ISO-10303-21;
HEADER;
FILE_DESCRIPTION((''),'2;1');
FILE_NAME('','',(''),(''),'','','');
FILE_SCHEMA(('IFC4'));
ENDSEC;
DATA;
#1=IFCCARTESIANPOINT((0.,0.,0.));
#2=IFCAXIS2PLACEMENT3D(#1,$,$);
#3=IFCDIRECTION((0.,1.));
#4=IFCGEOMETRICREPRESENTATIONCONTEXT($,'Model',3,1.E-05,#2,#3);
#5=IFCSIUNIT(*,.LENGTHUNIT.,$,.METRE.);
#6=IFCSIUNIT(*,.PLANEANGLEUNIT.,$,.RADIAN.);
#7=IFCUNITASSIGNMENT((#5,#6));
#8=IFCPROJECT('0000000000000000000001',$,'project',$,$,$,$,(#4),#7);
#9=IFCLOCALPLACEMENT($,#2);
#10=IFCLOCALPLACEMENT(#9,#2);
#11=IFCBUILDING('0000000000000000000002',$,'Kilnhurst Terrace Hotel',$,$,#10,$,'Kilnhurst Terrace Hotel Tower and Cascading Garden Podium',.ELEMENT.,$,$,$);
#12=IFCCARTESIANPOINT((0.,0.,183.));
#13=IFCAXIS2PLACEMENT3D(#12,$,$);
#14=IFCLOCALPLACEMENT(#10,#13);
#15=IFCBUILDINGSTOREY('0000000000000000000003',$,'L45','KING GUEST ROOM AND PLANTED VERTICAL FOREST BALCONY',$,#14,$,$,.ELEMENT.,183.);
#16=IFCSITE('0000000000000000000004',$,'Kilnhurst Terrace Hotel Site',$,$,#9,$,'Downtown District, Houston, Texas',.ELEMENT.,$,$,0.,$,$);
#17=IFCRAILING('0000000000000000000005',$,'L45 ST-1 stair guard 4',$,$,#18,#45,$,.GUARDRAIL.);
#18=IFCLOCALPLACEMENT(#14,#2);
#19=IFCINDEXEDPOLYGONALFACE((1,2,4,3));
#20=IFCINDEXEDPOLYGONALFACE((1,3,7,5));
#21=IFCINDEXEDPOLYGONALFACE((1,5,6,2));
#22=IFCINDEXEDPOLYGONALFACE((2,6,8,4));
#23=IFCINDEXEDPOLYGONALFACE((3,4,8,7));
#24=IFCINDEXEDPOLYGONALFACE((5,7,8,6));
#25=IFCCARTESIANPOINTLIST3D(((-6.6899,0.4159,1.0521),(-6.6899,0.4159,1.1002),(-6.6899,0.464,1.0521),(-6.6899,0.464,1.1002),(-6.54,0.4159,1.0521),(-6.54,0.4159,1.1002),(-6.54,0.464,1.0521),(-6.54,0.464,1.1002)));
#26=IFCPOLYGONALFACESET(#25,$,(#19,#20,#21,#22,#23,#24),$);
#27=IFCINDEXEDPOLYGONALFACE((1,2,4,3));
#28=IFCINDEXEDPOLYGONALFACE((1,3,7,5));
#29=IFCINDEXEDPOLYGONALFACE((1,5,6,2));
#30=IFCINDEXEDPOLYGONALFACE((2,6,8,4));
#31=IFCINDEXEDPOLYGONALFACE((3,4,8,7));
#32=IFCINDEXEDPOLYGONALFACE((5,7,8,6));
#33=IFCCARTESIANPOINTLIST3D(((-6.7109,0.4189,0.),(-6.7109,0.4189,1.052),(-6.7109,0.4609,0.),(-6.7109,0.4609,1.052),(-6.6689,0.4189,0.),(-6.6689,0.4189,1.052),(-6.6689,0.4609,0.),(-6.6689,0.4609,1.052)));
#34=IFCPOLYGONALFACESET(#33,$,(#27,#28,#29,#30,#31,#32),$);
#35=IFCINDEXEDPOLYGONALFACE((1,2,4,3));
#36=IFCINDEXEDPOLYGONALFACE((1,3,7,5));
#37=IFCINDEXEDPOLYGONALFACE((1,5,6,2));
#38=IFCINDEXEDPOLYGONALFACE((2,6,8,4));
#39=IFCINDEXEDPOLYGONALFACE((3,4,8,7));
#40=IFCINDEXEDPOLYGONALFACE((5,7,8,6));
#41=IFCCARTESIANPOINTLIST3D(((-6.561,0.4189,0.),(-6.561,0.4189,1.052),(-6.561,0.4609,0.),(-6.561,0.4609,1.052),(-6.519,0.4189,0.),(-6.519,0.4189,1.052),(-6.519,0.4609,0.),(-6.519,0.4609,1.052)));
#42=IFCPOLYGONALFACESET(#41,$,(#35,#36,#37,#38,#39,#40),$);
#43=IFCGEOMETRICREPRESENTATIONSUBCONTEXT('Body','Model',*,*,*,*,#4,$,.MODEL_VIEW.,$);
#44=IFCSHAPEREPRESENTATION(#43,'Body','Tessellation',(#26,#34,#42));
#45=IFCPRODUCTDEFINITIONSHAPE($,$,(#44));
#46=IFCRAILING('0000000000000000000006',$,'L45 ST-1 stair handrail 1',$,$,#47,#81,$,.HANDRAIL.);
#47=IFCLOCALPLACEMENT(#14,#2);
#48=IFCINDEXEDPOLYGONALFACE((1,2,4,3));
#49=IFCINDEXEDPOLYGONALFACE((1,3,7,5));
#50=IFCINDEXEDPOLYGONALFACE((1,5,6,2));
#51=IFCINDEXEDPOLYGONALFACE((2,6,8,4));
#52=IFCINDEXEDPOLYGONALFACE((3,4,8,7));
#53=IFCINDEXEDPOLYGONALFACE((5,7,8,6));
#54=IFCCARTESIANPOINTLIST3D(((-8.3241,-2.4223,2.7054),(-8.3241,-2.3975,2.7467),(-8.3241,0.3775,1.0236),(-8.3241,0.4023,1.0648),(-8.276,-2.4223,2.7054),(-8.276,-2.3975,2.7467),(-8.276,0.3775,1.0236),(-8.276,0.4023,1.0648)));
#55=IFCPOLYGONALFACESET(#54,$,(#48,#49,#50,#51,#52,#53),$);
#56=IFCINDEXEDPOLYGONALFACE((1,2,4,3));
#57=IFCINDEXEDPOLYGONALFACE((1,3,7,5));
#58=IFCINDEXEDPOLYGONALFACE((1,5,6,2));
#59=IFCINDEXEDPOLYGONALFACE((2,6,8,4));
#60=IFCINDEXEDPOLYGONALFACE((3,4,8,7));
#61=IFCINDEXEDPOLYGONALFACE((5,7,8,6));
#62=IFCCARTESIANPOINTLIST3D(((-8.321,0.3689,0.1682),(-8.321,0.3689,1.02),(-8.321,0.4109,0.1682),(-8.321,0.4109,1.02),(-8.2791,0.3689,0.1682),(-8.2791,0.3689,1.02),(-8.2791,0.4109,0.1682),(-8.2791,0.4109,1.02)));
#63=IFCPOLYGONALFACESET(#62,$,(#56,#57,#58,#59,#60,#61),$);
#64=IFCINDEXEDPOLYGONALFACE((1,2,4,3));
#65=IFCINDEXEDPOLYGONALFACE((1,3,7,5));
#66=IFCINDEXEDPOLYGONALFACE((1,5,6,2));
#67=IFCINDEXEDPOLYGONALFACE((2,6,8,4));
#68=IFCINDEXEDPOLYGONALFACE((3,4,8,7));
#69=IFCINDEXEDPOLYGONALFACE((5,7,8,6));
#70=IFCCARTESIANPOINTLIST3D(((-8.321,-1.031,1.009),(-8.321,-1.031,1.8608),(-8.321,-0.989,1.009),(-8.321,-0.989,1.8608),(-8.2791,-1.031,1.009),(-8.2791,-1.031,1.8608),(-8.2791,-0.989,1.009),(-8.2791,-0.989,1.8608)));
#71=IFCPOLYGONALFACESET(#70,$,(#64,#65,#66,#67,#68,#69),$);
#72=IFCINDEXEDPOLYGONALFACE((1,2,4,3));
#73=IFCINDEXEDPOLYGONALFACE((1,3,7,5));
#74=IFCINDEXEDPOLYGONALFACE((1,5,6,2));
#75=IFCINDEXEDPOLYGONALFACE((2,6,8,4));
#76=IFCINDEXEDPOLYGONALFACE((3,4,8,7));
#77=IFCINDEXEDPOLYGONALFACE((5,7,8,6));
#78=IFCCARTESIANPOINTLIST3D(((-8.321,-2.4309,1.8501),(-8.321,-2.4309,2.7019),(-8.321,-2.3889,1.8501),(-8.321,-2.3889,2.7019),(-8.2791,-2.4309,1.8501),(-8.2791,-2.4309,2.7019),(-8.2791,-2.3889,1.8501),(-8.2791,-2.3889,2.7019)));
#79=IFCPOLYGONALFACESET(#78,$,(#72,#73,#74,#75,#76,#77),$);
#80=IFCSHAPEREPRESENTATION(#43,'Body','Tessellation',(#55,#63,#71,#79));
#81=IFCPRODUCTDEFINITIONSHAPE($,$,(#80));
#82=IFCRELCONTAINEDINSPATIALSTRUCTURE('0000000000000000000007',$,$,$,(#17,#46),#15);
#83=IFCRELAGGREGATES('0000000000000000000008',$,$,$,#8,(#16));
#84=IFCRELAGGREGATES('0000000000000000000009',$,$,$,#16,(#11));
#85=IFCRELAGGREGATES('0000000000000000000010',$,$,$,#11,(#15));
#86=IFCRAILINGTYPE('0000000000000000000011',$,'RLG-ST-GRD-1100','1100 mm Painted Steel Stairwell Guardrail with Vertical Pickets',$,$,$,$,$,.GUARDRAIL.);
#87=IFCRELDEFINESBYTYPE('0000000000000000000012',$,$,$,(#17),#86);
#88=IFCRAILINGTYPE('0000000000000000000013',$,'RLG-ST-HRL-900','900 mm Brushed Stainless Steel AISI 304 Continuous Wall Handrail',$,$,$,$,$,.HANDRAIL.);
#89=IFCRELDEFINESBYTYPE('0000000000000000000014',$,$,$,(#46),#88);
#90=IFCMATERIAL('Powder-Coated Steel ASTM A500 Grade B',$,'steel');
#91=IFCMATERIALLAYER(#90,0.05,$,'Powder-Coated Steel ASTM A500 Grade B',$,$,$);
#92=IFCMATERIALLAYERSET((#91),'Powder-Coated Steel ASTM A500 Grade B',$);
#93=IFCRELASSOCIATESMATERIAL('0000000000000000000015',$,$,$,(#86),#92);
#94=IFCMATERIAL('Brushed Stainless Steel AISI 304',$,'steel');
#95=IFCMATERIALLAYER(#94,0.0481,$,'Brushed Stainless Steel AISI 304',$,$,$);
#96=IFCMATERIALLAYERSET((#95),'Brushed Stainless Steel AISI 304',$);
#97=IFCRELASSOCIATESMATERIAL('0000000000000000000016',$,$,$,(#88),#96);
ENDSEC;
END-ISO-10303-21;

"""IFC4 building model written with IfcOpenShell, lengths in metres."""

from ifc_helpers import new_model, si_unit, direction, frame, origin, origin_2d, place, context, subcontext, project, spatial, rectangle, extrude, material, layer, layer_set, type_object, element, save


model = new_model("IFC4")

# Units and contexts
model_context = context("Model", 3, precision=1e-05, world=origin(), true_north=direction((0.0, 1.0)))
body_context = subcontext(model_context, "Body", "Model", "MODEL_VIEW")
ifc_project = project(units=[si_unit("LENGTHUNIT", "METRE"), si_unit("PLANEANGLEUNIT", "RADIAN")], contexts=[model_context])

# Site, building, storey
site_placement = place(None, origin())
site = spatial("IfcSite", under=ifc_project, at=site_placement, Name="Kilnhurst Terrace Hotel Site", LongName="Downtown District, Houston, Texas", CompositionType="ELEMENT", RefElevation=0.0)
building_placement = place(site_placement, origin())
building = spatial("IfcBuilding", under=site, at=building_placement, Name="Kilnhurst Terrace Hotel", LongName="Kilnhurst Terrace Hotel Tower and Cascading Garden Podium", CompositionType="ELEMENT")
storey_placement = place(building_placement, frame((0.0, 0.0, 183.0)))
storey = spatial("IfcBuildingStorey", under=building, at=storey_placement, Name="L45", Description="KING GUEST ROOM AND PLANTED VERTICAL FOREST BALCONY", CompositionType="ELEMENT", Elevation=183.0)

# Railings
ifc_material_1 = material(Name="Powder-Coated Steel ASTM A500 Grade B", Category="steel")
ifc_layer_1 = layer(ifc_material_1, 0.05, Name="Powder-Coated Steel ASTM A500 Grade B")
ifc_layer_set_1 = layer_set([ifc_layer_1], Name="Powder-Coated Steel ASTM A500 Grade B")
railing_type_1 = type_object("IfcRailingType", Name="RLG-ST-GRD-1100", Description="1100 mm Painted Steel Stairwell Guardrail with Vertical Pickets", PredefinedType="GUARDRAIL", material=ifc_layer_set_1)
railing_1_placement = place(storey_placement, frame((-6.6899, 0.4399, 0.0)))
element("IfcRailing", 1, at=railing_1_placement, inside=storey, type_object=railing_type_1, Name="L45 ST-1 stair guard 4", PredefinedType="GUARDRAIL", context=body_context, shape_type="SweptSolid", body=[
    extrude(rectangle(XDim=0.0481, YDim=0.0481, at=origin_2d()), frame((0.0, 0.0, 1.0762), z_axis=(1.0, 0.0, 0.0), x_axis=(0.0, 1.0, 0.0)), (0.0, 0.0, 1.0), 0.1499),
    extrude(rectangle(XDim=0.042, YDim=0.042, at=origin_2d()), origin(), (0.0, 0.0, 1.0), 1.052),
    extrude(rectangle(XDim=0.042, YDim=0.042, at=origin_2d()), frame((0.1499, 0.0, 0.0)), (0.0, 0.0, 1.0), 1.052),
])
ifc_material_2 = material(Name="Brushed Stainless Steel AISI 304", Category="steel")
ifc_layer_2 = layer(ifc_material_2, 0.0481, Name="Brushed Stainless Steel AISI 304")
ifc_layer_set_2 = layer_set([ifc_layer_2], Name="Brushed Stainless Steel AISI 304")
railing_type_2 = type_object("IfcRailingType", Name="RLG-ST-HRL-900", Description="900 mm Brushed Stainless Steel AISI 304 Continuous Wall Handrail", PredefinedType="HANDRAIL", material=ifc_layer_set_2)
railing_2_placement = place(storey_placement, frame((-8.3, 0.3899, 0.1682)))
element("IfcRailing", 2, at=railing_2_placement, inside=storey, type_object=railing_type_2, Name="L45 ST-1 stair handrail 1", PredefinedType="HANDRAIL", context=body_context, shape_type="SweptSolid", body=[
    extrude(rectangle(XDim=0.0481, YDim=0.0481, at=origin_2d()), frame((0.0, 0.0, 0.876), z_axis=(0.0, -0.857222, 0.514946), x_axis=(1.0, 0.0, 0.0)), (0.0, 0.0, 1.0), 3.2661),
    extrude(rectangle(XDim=0.042, YDim=0.042, at=origin_2d()), origin(), (0.0, 0.0, 1.0), 0.8518),
    extrude(rectangle(XDim=0.042, YDim=0.042, at=origin_2d()), frame((0.0, -1.3999, 0.8408)), (0.0, 0.0, 1.0), 0.8518),
    extrude(rectangle(XDim=0.042, YDim=0.042, at=origin_2d()), frame((0.0, -2.7998, 1.6819)), (0.0, 0.0, 1.0), 0.8518),
])

save(model, "model.ifc")
